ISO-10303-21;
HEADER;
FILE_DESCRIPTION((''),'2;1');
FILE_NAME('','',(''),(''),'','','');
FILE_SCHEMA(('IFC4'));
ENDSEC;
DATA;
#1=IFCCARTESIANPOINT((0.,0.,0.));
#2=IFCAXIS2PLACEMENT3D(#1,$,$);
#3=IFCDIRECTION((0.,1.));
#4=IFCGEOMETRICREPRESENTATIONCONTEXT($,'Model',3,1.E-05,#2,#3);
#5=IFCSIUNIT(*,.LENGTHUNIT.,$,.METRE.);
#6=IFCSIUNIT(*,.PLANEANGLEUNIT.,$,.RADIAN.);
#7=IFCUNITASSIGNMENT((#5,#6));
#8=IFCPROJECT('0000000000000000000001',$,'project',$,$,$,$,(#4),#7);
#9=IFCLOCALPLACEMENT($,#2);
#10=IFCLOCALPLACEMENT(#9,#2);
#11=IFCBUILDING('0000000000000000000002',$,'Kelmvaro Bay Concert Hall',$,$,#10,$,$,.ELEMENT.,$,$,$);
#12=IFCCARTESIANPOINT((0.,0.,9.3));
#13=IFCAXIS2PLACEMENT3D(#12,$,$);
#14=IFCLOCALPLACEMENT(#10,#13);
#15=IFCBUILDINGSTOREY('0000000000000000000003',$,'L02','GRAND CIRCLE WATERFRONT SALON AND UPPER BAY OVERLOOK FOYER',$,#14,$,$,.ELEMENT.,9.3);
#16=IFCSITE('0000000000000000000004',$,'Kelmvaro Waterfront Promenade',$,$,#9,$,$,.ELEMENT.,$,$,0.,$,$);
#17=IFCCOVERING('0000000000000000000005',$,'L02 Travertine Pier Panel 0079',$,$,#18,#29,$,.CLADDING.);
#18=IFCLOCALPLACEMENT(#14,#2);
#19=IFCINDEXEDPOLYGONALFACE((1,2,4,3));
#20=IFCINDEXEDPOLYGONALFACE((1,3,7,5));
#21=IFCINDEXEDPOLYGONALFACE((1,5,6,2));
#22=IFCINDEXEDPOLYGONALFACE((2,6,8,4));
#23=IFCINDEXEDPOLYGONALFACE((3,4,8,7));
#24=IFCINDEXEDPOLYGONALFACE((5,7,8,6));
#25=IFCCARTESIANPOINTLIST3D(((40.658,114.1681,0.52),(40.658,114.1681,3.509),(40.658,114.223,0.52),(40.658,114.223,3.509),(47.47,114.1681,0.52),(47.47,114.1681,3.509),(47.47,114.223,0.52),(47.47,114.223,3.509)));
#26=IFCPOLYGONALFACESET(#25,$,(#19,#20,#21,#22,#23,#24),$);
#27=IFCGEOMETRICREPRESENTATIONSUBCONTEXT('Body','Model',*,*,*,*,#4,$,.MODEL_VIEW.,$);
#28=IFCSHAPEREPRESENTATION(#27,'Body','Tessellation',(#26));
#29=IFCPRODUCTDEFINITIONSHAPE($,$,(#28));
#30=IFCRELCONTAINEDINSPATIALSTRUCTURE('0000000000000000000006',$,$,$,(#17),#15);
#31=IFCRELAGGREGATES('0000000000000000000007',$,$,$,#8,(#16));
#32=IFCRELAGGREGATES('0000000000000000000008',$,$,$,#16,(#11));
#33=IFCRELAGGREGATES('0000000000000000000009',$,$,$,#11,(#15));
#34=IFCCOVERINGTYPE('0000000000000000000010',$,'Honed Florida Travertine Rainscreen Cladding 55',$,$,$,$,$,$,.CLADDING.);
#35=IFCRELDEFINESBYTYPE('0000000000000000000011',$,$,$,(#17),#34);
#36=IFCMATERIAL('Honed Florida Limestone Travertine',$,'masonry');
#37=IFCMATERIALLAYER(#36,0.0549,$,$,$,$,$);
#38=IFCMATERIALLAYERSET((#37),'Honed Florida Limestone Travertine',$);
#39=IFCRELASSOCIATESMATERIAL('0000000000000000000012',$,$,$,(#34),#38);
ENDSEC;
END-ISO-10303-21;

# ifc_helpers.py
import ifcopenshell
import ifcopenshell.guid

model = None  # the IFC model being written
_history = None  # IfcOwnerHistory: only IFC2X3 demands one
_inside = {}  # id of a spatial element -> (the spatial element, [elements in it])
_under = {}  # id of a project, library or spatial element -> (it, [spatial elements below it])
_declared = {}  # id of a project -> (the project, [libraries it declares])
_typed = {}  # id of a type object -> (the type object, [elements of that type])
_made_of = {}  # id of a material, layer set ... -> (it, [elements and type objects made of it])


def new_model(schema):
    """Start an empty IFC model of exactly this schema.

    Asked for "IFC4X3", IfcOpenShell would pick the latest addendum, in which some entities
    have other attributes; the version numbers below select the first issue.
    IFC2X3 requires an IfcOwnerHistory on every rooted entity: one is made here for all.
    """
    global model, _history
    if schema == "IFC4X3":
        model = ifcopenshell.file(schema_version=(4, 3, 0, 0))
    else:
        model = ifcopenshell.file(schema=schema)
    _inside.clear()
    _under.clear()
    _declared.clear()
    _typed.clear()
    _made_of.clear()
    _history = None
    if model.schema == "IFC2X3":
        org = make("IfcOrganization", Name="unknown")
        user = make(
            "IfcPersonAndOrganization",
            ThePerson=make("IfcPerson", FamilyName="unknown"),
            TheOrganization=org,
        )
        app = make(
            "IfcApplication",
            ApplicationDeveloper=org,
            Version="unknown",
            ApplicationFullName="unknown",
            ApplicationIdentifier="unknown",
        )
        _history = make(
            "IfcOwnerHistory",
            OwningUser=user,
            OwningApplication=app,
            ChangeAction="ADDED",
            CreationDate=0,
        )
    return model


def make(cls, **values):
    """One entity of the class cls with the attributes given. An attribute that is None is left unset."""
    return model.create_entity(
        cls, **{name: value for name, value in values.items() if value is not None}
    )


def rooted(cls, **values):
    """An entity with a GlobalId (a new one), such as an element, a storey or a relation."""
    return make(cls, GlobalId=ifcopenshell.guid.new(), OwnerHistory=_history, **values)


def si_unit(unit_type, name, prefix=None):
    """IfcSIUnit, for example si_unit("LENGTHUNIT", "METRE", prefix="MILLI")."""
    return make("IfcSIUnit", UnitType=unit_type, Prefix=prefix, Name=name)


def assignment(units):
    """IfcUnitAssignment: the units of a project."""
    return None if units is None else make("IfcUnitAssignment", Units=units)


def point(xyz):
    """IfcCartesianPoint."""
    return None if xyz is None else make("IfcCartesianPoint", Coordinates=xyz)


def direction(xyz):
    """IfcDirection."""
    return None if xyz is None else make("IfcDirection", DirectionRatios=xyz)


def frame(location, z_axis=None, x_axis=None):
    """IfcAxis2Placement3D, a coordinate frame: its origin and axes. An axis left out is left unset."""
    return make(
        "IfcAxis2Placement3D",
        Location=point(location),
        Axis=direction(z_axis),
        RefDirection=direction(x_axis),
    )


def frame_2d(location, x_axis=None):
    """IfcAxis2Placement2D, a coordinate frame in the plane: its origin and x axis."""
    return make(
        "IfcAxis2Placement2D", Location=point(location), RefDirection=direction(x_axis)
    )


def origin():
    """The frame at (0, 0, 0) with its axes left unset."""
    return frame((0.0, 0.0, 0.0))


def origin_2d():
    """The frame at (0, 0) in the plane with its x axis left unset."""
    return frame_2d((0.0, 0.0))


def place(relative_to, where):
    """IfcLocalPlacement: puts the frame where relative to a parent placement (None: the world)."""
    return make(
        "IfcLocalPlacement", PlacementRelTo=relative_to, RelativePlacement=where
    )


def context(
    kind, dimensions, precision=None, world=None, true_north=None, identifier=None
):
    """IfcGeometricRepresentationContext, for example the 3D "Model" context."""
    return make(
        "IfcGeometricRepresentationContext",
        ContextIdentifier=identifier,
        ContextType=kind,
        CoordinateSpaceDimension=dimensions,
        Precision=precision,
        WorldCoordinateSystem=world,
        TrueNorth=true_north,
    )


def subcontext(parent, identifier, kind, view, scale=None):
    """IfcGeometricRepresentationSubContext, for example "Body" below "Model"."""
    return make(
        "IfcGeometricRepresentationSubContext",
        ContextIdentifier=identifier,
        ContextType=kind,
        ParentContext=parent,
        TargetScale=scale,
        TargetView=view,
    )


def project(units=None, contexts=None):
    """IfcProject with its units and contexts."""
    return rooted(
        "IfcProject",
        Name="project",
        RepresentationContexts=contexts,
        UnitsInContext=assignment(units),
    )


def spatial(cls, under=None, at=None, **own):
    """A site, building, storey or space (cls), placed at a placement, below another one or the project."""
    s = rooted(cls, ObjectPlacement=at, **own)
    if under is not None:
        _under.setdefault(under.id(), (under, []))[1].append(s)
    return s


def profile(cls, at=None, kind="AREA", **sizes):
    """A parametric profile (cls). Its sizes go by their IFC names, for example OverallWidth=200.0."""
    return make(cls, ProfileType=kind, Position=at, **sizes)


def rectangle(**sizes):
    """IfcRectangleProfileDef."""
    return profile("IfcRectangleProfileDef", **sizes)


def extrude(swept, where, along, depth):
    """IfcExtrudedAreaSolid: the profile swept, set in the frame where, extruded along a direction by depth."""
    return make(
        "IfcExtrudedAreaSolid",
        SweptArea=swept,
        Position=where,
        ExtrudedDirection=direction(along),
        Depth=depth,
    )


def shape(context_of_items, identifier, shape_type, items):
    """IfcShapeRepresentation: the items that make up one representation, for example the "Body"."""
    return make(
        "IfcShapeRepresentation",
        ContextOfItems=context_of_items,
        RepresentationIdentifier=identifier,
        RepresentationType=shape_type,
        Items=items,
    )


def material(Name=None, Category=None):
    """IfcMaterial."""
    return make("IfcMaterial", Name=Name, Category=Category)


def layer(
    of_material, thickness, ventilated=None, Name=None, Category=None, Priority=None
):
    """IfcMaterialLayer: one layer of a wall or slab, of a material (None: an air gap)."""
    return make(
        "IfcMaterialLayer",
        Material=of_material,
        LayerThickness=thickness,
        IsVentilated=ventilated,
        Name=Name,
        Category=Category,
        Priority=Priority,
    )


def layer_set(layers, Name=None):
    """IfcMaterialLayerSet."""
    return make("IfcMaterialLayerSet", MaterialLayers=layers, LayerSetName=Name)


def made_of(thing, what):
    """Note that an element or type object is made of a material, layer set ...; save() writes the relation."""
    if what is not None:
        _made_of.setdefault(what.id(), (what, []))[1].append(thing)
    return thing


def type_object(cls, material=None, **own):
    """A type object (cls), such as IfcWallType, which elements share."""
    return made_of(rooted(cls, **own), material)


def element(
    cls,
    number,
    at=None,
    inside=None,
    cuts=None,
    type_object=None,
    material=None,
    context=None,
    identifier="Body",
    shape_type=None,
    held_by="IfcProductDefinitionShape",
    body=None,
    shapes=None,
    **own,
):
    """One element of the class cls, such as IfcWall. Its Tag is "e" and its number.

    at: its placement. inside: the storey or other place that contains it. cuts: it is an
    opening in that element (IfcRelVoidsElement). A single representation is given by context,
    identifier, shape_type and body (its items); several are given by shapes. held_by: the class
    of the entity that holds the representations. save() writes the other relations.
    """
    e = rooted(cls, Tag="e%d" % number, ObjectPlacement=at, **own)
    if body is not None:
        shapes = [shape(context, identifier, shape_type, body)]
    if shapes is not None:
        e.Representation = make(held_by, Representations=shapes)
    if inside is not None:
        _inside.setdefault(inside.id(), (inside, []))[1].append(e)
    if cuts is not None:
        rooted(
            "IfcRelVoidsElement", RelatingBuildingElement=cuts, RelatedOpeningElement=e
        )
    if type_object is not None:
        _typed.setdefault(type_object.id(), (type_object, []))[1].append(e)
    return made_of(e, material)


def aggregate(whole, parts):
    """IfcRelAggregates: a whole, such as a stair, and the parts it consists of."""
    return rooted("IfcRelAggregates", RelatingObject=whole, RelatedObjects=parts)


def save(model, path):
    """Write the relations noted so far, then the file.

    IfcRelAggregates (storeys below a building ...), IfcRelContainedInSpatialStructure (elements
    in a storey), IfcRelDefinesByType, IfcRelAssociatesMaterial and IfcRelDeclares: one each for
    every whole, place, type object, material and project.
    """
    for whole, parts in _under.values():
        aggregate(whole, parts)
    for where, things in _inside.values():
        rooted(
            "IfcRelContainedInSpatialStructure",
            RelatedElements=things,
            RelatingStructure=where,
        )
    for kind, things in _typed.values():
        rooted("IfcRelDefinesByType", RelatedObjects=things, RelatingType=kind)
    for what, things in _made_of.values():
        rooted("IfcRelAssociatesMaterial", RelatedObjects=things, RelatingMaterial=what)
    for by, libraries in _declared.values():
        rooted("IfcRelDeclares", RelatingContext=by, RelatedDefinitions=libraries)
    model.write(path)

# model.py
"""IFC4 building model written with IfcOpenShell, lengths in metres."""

from ifc_helpers import new_model, si_unit, direction, frame, origin, origin_2d, place, context, subcontext, project, spatial, rectangle, extrude, material, layer, layer_set, type_object, element, save


model = new_model("IFC4")

# Units and contexts
model_context = context("Model", 3, precision=1e-05, world=origin(), true_north=direction((0.0, 1.0)))
body_context = subcontext(model_context, "Body", "Model", "MODEL_VIEW")
ifc_project = project(units=[si_unit("LENGTHUNIT", "METRE"), si_unit("PLANEANGLEUNIT", "RADIAN")], contexts=[model_context])

# Site, building, storey
site_placement = place(None, origin())
site = spatial("IfcSite", under=ifc_project, at=site_placement, Name="Kelmvaro Waterfront Promenade", CompositionType="ELEMENT", RefElevation=0.0)
building_placement = place(site_placement, origin())
building = spatial("IfcBuilding", under=site, at=building_placement, Name="Kelmvaro Bay Concert Hall", CompositionType="ELEMENT")
storey_placement = place(building_placement, frame((0.0, 0.0, 9.3)))
storey = spatial("IfcBuildingStorey", under=building, at=storey_placement, Name="L02", Description="GRAND CIRCLE WATERFRONT SALON AND UPPER BAY OVERLOOK FOYER", CompositionType="ELEMENT", Elevation=9.3)

# Covering
ifc_material_1 = material(Name="Honed Florida Limestone Travertine", Category="masonry")
ifc_layer_1 = layer(ifc_material_1, 0.0549)
ifc_layer_set_1 = layer_set([ifc_layer_1], Name="Honed Florida Limestone Travertine")
covering_type_1 = type_object("IfcCoveringType", Name="Honed Florida Travertine Rainscreen Cladding 55", PredefinedType="CLADDING", material=ifc_layer_set_1)
covering_1_placement = place(storey_placement, frame((44.064, 114.1956, 0.52), z_axis=(0.0, 0.0, 1.0), x_axis=(1.0, 0.0, 0.0)))
element("IfcCovering", 1, at=covering_1_placement, inside=storey, type_object=covering_type_1, Name="L02 Travertine Pier Panel 0079", PredefinedType="CLADDING", context=body_context, shape_type="SweptSolid", body=[
    extrude(rectangle(XDim=6.812, YDim=0.0549, at=origin_2d()), origin(), (0.0, 0.0, 1.0), 2.989),
])

save(model, "model.ifc")
